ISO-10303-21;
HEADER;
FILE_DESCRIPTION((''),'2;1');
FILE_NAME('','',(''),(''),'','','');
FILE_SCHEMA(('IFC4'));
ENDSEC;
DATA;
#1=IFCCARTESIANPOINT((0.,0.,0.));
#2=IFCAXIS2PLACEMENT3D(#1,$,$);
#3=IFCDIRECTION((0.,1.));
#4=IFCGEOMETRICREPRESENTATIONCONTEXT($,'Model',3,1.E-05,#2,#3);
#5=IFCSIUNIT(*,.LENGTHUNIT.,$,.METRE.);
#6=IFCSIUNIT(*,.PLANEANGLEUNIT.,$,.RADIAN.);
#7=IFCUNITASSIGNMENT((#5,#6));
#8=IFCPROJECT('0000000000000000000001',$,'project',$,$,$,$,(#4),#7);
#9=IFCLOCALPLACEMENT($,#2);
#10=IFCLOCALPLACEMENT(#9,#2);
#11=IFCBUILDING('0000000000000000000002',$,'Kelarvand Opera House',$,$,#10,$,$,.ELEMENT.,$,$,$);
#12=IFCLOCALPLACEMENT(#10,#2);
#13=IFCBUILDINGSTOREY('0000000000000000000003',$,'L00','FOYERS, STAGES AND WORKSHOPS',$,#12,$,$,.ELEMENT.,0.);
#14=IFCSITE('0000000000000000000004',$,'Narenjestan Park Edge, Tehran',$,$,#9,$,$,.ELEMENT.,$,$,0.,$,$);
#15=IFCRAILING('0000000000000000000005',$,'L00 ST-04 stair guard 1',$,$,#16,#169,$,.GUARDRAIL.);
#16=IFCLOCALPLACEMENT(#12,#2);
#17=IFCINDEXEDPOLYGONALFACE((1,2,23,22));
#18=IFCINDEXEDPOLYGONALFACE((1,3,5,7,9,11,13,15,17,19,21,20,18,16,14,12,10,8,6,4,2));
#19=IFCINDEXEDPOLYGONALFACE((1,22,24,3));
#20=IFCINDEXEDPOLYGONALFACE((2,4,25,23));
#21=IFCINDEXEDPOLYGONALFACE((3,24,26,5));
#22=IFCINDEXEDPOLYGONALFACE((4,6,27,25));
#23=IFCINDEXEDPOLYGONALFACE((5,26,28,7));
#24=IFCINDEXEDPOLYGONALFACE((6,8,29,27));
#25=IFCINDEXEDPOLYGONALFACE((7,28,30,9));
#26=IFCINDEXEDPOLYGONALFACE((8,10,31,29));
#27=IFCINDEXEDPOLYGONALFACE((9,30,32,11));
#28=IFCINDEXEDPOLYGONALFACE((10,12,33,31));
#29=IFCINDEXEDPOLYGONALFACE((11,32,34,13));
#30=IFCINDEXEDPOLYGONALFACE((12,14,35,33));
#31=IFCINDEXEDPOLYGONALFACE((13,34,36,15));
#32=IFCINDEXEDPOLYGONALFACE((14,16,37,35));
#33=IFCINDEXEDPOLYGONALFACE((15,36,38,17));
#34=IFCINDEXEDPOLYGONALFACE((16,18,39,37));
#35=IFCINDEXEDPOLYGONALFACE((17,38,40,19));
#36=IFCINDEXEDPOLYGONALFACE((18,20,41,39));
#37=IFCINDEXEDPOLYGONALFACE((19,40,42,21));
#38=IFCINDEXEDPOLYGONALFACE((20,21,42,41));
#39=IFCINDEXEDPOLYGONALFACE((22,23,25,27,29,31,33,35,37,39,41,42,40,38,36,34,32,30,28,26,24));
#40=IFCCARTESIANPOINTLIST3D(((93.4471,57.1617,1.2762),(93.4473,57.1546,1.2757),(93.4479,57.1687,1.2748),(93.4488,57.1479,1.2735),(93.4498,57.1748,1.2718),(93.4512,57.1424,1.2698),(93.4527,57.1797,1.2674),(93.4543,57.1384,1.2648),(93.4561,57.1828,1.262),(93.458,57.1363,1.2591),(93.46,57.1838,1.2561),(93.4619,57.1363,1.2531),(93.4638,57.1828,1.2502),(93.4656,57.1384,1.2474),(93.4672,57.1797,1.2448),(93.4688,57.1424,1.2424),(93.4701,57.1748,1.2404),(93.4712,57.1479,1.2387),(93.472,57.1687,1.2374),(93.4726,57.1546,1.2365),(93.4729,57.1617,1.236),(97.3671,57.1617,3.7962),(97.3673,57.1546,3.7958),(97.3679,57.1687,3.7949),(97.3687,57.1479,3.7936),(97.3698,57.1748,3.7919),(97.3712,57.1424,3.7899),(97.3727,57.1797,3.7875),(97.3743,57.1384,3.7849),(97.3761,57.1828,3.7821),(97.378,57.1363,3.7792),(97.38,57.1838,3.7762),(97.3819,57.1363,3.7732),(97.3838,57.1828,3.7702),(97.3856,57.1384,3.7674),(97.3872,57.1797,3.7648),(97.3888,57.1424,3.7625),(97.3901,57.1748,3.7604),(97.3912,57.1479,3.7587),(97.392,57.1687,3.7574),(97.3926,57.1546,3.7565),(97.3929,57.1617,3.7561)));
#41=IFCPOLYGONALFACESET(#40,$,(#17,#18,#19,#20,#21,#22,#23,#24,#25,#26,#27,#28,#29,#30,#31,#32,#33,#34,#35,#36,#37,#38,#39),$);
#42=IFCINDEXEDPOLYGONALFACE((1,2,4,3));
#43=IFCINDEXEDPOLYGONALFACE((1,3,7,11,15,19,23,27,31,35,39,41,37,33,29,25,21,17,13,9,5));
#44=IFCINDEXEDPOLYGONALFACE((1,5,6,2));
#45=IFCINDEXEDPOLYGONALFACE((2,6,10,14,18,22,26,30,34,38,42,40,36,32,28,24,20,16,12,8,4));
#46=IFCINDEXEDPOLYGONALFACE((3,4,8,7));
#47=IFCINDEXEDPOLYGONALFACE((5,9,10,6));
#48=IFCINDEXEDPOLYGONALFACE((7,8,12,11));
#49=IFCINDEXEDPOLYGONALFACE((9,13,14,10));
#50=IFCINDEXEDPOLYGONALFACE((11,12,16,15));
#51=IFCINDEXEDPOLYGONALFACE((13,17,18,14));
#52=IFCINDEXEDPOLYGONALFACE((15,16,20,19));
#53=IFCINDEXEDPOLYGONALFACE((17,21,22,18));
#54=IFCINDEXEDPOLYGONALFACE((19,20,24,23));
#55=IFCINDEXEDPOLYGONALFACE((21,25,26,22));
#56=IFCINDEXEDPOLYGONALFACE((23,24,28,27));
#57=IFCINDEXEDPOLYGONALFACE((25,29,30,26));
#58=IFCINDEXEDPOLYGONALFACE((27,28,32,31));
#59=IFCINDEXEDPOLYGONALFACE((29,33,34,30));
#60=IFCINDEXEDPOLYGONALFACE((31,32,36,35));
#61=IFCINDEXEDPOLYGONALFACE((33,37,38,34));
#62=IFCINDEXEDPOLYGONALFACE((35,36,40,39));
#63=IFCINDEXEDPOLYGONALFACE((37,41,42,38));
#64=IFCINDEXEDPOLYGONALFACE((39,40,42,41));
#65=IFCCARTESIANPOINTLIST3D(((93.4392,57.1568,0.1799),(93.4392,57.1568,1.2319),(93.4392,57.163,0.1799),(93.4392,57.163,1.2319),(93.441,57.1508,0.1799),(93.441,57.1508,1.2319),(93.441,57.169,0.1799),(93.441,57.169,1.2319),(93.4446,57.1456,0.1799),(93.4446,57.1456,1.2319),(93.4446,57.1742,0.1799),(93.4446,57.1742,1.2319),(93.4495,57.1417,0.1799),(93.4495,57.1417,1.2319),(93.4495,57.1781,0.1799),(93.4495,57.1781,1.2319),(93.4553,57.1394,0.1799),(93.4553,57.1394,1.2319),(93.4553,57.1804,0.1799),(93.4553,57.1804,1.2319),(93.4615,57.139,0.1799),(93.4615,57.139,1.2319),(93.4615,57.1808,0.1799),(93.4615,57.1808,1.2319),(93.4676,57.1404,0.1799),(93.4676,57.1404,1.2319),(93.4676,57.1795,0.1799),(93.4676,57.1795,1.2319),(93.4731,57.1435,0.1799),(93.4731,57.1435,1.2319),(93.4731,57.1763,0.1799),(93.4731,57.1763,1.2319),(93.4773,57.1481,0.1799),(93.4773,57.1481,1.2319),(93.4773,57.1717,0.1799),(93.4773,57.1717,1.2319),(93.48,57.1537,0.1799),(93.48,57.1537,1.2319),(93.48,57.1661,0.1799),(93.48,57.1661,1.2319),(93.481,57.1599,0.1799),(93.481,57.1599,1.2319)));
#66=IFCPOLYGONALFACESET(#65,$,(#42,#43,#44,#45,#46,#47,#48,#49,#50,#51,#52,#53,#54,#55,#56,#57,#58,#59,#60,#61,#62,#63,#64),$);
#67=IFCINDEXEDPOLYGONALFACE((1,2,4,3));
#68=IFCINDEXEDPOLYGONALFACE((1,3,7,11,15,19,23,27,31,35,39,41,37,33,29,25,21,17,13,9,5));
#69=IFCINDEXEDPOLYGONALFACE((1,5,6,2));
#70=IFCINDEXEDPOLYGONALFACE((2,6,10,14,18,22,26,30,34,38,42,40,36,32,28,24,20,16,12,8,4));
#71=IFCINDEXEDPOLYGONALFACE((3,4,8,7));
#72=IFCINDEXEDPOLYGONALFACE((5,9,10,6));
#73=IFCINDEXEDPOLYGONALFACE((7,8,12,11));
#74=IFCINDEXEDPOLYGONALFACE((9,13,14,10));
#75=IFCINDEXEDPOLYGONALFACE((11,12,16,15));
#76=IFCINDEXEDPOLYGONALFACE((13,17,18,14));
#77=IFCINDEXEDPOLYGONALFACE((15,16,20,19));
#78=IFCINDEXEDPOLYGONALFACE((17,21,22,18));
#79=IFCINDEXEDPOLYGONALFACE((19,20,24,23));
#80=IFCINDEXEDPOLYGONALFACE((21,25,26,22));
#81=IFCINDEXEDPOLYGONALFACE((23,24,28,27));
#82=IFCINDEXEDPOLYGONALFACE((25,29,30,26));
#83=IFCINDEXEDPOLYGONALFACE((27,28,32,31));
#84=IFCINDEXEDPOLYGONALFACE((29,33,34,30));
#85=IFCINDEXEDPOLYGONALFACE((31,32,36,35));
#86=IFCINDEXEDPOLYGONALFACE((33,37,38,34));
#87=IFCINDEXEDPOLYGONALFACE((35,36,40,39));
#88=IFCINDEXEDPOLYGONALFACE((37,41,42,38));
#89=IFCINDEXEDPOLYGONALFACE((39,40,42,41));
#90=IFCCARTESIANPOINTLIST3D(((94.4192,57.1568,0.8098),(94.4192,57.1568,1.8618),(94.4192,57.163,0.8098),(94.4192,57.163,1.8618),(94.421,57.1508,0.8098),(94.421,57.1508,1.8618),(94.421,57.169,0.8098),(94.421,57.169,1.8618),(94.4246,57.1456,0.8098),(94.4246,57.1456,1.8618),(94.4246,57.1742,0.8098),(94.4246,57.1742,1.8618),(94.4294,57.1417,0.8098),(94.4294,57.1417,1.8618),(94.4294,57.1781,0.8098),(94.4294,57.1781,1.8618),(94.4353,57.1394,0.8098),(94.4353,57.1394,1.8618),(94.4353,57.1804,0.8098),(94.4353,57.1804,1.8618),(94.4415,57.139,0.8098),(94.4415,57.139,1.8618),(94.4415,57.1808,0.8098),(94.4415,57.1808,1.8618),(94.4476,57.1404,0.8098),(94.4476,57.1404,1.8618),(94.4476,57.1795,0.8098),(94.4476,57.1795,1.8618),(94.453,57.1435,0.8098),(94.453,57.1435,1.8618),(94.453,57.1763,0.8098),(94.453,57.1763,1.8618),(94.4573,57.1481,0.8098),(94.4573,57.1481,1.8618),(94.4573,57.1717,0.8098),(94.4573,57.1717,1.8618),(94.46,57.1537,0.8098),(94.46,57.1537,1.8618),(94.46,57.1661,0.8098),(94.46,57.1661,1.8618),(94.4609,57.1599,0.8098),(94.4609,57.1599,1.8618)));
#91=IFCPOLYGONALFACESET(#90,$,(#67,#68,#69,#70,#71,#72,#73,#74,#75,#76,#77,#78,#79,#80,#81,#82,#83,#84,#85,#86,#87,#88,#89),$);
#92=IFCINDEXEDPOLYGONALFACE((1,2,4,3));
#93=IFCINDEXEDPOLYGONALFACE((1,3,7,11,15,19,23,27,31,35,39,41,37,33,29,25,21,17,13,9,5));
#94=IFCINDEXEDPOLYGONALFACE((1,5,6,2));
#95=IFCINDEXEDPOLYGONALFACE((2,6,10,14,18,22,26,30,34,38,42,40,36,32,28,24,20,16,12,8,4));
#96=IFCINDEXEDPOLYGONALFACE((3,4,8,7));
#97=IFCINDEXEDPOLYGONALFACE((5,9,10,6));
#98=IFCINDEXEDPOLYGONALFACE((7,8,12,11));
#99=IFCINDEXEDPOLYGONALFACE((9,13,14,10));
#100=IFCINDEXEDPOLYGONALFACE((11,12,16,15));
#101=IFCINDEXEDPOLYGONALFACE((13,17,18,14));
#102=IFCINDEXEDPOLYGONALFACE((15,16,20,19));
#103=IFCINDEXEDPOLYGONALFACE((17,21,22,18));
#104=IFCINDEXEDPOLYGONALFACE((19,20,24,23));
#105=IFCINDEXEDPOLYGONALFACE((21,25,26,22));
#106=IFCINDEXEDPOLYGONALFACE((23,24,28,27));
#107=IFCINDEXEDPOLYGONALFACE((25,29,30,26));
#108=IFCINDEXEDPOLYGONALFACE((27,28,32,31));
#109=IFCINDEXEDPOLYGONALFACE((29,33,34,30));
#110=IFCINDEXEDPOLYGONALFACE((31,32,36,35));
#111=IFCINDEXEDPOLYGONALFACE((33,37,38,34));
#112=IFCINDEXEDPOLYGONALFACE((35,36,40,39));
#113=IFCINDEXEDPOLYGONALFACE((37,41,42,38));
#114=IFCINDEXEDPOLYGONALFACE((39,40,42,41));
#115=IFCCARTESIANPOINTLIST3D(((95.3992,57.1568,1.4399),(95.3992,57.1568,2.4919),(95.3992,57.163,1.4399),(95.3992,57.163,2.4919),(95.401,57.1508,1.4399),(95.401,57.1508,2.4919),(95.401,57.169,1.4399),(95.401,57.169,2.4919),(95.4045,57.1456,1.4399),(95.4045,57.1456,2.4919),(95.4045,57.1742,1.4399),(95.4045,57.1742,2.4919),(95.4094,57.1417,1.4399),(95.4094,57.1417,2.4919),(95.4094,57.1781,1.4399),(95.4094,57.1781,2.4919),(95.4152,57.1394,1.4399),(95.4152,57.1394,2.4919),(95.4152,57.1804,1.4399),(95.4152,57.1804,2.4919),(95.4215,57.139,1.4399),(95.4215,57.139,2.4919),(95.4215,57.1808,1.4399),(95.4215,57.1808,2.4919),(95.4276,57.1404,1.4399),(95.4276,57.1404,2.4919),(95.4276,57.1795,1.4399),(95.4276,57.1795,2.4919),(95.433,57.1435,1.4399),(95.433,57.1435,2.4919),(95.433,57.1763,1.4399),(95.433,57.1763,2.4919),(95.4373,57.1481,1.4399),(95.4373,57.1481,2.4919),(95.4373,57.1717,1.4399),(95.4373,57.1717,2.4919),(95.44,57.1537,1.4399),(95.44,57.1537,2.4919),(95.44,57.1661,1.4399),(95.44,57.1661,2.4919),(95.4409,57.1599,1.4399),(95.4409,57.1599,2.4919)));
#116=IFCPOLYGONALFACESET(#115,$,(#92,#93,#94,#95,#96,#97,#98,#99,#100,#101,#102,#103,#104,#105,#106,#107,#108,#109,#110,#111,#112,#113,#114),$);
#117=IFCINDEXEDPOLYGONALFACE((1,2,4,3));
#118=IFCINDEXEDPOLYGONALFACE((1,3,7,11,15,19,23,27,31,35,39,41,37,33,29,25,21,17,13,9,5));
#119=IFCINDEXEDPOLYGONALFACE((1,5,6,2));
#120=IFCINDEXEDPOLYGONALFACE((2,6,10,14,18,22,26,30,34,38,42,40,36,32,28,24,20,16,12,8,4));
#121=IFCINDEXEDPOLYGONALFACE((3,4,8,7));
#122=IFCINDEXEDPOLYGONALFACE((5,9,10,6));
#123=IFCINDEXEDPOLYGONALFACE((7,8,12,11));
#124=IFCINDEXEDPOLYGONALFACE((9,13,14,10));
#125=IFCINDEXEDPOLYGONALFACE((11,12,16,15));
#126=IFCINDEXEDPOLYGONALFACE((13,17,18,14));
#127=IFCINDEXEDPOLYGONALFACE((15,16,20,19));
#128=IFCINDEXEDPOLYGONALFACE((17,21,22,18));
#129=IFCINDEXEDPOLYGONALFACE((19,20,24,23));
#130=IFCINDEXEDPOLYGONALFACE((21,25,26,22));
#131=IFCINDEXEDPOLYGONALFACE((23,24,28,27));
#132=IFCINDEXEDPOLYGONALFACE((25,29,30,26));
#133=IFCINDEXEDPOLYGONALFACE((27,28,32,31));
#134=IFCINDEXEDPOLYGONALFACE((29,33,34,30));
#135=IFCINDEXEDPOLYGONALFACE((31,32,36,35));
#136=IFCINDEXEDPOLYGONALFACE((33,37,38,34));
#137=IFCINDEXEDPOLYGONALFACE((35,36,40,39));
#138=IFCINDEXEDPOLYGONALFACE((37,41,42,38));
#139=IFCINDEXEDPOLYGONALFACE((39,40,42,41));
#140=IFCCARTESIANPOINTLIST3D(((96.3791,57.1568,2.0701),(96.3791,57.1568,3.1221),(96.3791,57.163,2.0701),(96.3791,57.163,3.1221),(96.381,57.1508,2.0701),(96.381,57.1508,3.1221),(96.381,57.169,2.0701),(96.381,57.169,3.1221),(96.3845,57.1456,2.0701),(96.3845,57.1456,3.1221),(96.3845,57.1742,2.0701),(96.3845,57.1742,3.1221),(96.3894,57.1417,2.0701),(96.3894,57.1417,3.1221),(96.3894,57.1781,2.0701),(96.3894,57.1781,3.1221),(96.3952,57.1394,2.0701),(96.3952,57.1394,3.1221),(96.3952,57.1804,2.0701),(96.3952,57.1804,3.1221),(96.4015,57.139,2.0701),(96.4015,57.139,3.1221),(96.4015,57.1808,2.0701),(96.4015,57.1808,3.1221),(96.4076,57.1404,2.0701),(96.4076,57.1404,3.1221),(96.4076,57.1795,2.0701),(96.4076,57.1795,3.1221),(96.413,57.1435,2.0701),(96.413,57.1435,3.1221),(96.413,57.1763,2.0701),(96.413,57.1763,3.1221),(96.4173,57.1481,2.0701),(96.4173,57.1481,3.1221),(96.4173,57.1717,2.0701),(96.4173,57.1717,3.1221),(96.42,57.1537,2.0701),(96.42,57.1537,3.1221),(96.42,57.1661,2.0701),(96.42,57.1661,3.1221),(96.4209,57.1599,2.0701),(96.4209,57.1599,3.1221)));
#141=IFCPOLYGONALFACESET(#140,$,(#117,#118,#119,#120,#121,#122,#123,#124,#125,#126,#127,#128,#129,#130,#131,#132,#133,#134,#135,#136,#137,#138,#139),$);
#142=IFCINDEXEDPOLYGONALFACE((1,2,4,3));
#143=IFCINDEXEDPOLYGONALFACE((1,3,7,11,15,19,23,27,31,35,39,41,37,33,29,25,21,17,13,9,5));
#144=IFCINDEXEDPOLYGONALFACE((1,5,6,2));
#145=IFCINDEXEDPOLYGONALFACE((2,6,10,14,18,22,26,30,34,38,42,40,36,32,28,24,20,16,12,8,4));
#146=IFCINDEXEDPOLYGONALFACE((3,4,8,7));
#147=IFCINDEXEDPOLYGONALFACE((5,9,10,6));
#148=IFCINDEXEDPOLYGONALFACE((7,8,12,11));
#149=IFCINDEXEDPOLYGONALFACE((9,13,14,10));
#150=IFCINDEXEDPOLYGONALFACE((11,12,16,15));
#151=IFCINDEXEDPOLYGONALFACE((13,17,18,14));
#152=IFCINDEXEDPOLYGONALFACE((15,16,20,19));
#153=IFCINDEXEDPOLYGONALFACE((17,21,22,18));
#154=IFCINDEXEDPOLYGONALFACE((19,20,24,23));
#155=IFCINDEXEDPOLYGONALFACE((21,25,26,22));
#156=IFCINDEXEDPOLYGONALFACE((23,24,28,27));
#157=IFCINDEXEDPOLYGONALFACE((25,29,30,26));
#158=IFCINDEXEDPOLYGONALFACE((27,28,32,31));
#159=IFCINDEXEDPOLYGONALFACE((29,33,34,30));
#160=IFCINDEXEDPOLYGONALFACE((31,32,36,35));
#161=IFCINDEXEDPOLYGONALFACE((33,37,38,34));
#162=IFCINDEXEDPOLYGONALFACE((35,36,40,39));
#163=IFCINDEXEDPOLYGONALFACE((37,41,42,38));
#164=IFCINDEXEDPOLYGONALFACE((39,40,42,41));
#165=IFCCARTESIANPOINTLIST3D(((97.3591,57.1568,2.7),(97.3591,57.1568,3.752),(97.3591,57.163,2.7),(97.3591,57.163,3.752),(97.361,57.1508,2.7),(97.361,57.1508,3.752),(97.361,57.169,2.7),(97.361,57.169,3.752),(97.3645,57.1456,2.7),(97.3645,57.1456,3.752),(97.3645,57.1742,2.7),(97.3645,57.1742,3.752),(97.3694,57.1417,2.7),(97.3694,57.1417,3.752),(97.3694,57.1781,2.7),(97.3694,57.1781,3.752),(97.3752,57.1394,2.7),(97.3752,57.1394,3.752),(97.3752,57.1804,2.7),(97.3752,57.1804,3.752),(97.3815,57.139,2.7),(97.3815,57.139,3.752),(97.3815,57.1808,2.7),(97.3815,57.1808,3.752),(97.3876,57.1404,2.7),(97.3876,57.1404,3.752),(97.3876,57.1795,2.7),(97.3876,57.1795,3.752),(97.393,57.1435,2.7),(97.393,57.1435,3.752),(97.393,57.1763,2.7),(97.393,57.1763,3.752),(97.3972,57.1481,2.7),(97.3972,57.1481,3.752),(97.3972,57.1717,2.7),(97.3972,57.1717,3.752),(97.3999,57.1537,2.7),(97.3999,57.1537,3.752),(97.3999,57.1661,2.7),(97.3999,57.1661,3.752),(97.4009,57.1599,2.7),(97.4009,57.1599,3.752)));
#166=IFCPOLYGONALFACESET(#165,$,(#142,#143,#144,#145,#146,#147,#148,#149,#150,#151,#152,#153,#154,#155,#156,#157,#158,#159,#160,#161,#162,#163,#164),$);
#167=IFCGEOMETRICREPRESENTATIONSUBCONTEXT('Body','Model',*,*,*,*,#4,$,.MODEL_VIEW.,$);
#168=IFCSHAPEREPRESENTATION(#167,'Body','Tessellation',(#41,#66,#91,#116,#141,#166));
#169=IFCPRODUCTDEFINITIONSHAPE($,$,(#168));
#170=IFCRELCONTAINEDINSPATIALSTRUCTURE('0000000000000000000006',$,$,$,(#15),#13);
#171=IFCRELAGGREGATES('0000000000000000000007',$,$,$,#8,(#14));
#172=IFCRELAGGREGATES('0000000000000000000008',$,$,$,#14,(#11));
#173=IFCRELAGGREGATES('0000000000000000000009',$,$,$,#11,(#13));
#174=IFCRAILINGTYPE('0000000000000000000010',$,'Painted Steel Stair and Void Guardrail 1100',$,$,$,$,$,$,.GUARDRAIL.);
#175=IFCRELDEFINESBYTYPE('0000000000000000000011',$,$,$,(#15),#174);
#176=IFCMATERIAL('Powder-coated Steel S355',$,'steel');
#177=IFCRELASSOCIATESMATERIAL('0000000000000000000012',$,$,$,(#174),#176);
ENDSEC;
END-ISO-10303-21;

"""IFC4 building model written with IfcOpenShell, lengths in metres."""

from ifc_helpers import new_model, si_unit, direction, frame, origin, origin_2d, place, context, subcontext, project, spatial, circle, extrude, material, type_object, element, save


model = new_model("IFC4")

# Units and contexts
model_context = context("Model", 3, precision=1e-05, world=origin(), true_north=direction((0.0, 1.0)))
body_context = subcontext(model_context, "Body", "Model", "MODEL_VIEW")
ifc_project = project(units=[si_unit("LENGTHUNIT", "METRE"), si_unit("PLANEANGLEUNIT", "RADIAN")], contexts=[model_context])

# Site, building, storey
site_placement = place(None, origin())
site = spatial("IfcSite", under=ifc_project, at=site_placement, Name="Narenjestan Park Edge, Tehran", CompositionType="ELEMENT", RefElevation=0.0)
building_placement = place(site_placement, origin())
building = spatial("IfcBuilding", under=site, at=building_placement, Name="Kelarvand Opera House", CompositionType="ELEMENT")
storey_placement = place(building_placement, origin())
storey = spatial("IfcBuildingStorey", under=building, at=storey_placement, Name="L00", Description="FOYERS, STAGES AND WORKSHOPS", CompositionType="ELEMENT", Elevation=0.0)

# Railing
ifc_material_1 = material(Name="Powder-coated Steel S355", Category="steel")
railing_type_1 = type_object("IfcRailingType", Name="Painted Steel Stair and Void Guardrail 1100", PredefinedType="GUARDRAIL", material=ifc_material_1)
railing_1_placement = place(storey_placement, frame((93.46, 57.1599, 0.1799)))
element("IfcRailing", 1, at=railing_1_placement, inside=storey, type_object=railing_type_1, Name="L00 ST-04 stair guard 1", PredefinedType="GUARDRAIL", context=body_context, shape_type="SweptSolid", body=[
    extrude(circle(Radius=0.0239, at=origin_2d()), frame((0.0, 0.0, 1.0762), z_axis=(0.841172, 0.0, 0.540768), x_axis=(0.0, 1.0, 0.0)), (0.0, 0.0, 1.0), 4.6602),
    extrude(circle(Radius=0.021, at=origin_2d()), origin(), (0.0, 0.0, 1.0), 1.052),
    extrude(circle(Radius=0.021, at=origin_2d()), frame((0.98, 0.0, 0.6299)), (0.0, 0.0, 1.0), 1.052),
    extrude(circle(Radius=0.021, at=origin_2d()), frame((1.96, 0.0, 1.26)), (0.0, 0.0, 1.0), 1.052),
    extrude(circle(Radius=0.021, at=origin_2d()), frame((2.9399, 0.0, 1.8901)), (0.0, 0.0, 1.0), 1.052),
    extrude(circle(Radius=0.021, at=origin_2d()), frame((3.9199, 0.0, 2.52)), (0.0, 0.0, 1.0), 1.052),
])

save(model, "model.ifc")
